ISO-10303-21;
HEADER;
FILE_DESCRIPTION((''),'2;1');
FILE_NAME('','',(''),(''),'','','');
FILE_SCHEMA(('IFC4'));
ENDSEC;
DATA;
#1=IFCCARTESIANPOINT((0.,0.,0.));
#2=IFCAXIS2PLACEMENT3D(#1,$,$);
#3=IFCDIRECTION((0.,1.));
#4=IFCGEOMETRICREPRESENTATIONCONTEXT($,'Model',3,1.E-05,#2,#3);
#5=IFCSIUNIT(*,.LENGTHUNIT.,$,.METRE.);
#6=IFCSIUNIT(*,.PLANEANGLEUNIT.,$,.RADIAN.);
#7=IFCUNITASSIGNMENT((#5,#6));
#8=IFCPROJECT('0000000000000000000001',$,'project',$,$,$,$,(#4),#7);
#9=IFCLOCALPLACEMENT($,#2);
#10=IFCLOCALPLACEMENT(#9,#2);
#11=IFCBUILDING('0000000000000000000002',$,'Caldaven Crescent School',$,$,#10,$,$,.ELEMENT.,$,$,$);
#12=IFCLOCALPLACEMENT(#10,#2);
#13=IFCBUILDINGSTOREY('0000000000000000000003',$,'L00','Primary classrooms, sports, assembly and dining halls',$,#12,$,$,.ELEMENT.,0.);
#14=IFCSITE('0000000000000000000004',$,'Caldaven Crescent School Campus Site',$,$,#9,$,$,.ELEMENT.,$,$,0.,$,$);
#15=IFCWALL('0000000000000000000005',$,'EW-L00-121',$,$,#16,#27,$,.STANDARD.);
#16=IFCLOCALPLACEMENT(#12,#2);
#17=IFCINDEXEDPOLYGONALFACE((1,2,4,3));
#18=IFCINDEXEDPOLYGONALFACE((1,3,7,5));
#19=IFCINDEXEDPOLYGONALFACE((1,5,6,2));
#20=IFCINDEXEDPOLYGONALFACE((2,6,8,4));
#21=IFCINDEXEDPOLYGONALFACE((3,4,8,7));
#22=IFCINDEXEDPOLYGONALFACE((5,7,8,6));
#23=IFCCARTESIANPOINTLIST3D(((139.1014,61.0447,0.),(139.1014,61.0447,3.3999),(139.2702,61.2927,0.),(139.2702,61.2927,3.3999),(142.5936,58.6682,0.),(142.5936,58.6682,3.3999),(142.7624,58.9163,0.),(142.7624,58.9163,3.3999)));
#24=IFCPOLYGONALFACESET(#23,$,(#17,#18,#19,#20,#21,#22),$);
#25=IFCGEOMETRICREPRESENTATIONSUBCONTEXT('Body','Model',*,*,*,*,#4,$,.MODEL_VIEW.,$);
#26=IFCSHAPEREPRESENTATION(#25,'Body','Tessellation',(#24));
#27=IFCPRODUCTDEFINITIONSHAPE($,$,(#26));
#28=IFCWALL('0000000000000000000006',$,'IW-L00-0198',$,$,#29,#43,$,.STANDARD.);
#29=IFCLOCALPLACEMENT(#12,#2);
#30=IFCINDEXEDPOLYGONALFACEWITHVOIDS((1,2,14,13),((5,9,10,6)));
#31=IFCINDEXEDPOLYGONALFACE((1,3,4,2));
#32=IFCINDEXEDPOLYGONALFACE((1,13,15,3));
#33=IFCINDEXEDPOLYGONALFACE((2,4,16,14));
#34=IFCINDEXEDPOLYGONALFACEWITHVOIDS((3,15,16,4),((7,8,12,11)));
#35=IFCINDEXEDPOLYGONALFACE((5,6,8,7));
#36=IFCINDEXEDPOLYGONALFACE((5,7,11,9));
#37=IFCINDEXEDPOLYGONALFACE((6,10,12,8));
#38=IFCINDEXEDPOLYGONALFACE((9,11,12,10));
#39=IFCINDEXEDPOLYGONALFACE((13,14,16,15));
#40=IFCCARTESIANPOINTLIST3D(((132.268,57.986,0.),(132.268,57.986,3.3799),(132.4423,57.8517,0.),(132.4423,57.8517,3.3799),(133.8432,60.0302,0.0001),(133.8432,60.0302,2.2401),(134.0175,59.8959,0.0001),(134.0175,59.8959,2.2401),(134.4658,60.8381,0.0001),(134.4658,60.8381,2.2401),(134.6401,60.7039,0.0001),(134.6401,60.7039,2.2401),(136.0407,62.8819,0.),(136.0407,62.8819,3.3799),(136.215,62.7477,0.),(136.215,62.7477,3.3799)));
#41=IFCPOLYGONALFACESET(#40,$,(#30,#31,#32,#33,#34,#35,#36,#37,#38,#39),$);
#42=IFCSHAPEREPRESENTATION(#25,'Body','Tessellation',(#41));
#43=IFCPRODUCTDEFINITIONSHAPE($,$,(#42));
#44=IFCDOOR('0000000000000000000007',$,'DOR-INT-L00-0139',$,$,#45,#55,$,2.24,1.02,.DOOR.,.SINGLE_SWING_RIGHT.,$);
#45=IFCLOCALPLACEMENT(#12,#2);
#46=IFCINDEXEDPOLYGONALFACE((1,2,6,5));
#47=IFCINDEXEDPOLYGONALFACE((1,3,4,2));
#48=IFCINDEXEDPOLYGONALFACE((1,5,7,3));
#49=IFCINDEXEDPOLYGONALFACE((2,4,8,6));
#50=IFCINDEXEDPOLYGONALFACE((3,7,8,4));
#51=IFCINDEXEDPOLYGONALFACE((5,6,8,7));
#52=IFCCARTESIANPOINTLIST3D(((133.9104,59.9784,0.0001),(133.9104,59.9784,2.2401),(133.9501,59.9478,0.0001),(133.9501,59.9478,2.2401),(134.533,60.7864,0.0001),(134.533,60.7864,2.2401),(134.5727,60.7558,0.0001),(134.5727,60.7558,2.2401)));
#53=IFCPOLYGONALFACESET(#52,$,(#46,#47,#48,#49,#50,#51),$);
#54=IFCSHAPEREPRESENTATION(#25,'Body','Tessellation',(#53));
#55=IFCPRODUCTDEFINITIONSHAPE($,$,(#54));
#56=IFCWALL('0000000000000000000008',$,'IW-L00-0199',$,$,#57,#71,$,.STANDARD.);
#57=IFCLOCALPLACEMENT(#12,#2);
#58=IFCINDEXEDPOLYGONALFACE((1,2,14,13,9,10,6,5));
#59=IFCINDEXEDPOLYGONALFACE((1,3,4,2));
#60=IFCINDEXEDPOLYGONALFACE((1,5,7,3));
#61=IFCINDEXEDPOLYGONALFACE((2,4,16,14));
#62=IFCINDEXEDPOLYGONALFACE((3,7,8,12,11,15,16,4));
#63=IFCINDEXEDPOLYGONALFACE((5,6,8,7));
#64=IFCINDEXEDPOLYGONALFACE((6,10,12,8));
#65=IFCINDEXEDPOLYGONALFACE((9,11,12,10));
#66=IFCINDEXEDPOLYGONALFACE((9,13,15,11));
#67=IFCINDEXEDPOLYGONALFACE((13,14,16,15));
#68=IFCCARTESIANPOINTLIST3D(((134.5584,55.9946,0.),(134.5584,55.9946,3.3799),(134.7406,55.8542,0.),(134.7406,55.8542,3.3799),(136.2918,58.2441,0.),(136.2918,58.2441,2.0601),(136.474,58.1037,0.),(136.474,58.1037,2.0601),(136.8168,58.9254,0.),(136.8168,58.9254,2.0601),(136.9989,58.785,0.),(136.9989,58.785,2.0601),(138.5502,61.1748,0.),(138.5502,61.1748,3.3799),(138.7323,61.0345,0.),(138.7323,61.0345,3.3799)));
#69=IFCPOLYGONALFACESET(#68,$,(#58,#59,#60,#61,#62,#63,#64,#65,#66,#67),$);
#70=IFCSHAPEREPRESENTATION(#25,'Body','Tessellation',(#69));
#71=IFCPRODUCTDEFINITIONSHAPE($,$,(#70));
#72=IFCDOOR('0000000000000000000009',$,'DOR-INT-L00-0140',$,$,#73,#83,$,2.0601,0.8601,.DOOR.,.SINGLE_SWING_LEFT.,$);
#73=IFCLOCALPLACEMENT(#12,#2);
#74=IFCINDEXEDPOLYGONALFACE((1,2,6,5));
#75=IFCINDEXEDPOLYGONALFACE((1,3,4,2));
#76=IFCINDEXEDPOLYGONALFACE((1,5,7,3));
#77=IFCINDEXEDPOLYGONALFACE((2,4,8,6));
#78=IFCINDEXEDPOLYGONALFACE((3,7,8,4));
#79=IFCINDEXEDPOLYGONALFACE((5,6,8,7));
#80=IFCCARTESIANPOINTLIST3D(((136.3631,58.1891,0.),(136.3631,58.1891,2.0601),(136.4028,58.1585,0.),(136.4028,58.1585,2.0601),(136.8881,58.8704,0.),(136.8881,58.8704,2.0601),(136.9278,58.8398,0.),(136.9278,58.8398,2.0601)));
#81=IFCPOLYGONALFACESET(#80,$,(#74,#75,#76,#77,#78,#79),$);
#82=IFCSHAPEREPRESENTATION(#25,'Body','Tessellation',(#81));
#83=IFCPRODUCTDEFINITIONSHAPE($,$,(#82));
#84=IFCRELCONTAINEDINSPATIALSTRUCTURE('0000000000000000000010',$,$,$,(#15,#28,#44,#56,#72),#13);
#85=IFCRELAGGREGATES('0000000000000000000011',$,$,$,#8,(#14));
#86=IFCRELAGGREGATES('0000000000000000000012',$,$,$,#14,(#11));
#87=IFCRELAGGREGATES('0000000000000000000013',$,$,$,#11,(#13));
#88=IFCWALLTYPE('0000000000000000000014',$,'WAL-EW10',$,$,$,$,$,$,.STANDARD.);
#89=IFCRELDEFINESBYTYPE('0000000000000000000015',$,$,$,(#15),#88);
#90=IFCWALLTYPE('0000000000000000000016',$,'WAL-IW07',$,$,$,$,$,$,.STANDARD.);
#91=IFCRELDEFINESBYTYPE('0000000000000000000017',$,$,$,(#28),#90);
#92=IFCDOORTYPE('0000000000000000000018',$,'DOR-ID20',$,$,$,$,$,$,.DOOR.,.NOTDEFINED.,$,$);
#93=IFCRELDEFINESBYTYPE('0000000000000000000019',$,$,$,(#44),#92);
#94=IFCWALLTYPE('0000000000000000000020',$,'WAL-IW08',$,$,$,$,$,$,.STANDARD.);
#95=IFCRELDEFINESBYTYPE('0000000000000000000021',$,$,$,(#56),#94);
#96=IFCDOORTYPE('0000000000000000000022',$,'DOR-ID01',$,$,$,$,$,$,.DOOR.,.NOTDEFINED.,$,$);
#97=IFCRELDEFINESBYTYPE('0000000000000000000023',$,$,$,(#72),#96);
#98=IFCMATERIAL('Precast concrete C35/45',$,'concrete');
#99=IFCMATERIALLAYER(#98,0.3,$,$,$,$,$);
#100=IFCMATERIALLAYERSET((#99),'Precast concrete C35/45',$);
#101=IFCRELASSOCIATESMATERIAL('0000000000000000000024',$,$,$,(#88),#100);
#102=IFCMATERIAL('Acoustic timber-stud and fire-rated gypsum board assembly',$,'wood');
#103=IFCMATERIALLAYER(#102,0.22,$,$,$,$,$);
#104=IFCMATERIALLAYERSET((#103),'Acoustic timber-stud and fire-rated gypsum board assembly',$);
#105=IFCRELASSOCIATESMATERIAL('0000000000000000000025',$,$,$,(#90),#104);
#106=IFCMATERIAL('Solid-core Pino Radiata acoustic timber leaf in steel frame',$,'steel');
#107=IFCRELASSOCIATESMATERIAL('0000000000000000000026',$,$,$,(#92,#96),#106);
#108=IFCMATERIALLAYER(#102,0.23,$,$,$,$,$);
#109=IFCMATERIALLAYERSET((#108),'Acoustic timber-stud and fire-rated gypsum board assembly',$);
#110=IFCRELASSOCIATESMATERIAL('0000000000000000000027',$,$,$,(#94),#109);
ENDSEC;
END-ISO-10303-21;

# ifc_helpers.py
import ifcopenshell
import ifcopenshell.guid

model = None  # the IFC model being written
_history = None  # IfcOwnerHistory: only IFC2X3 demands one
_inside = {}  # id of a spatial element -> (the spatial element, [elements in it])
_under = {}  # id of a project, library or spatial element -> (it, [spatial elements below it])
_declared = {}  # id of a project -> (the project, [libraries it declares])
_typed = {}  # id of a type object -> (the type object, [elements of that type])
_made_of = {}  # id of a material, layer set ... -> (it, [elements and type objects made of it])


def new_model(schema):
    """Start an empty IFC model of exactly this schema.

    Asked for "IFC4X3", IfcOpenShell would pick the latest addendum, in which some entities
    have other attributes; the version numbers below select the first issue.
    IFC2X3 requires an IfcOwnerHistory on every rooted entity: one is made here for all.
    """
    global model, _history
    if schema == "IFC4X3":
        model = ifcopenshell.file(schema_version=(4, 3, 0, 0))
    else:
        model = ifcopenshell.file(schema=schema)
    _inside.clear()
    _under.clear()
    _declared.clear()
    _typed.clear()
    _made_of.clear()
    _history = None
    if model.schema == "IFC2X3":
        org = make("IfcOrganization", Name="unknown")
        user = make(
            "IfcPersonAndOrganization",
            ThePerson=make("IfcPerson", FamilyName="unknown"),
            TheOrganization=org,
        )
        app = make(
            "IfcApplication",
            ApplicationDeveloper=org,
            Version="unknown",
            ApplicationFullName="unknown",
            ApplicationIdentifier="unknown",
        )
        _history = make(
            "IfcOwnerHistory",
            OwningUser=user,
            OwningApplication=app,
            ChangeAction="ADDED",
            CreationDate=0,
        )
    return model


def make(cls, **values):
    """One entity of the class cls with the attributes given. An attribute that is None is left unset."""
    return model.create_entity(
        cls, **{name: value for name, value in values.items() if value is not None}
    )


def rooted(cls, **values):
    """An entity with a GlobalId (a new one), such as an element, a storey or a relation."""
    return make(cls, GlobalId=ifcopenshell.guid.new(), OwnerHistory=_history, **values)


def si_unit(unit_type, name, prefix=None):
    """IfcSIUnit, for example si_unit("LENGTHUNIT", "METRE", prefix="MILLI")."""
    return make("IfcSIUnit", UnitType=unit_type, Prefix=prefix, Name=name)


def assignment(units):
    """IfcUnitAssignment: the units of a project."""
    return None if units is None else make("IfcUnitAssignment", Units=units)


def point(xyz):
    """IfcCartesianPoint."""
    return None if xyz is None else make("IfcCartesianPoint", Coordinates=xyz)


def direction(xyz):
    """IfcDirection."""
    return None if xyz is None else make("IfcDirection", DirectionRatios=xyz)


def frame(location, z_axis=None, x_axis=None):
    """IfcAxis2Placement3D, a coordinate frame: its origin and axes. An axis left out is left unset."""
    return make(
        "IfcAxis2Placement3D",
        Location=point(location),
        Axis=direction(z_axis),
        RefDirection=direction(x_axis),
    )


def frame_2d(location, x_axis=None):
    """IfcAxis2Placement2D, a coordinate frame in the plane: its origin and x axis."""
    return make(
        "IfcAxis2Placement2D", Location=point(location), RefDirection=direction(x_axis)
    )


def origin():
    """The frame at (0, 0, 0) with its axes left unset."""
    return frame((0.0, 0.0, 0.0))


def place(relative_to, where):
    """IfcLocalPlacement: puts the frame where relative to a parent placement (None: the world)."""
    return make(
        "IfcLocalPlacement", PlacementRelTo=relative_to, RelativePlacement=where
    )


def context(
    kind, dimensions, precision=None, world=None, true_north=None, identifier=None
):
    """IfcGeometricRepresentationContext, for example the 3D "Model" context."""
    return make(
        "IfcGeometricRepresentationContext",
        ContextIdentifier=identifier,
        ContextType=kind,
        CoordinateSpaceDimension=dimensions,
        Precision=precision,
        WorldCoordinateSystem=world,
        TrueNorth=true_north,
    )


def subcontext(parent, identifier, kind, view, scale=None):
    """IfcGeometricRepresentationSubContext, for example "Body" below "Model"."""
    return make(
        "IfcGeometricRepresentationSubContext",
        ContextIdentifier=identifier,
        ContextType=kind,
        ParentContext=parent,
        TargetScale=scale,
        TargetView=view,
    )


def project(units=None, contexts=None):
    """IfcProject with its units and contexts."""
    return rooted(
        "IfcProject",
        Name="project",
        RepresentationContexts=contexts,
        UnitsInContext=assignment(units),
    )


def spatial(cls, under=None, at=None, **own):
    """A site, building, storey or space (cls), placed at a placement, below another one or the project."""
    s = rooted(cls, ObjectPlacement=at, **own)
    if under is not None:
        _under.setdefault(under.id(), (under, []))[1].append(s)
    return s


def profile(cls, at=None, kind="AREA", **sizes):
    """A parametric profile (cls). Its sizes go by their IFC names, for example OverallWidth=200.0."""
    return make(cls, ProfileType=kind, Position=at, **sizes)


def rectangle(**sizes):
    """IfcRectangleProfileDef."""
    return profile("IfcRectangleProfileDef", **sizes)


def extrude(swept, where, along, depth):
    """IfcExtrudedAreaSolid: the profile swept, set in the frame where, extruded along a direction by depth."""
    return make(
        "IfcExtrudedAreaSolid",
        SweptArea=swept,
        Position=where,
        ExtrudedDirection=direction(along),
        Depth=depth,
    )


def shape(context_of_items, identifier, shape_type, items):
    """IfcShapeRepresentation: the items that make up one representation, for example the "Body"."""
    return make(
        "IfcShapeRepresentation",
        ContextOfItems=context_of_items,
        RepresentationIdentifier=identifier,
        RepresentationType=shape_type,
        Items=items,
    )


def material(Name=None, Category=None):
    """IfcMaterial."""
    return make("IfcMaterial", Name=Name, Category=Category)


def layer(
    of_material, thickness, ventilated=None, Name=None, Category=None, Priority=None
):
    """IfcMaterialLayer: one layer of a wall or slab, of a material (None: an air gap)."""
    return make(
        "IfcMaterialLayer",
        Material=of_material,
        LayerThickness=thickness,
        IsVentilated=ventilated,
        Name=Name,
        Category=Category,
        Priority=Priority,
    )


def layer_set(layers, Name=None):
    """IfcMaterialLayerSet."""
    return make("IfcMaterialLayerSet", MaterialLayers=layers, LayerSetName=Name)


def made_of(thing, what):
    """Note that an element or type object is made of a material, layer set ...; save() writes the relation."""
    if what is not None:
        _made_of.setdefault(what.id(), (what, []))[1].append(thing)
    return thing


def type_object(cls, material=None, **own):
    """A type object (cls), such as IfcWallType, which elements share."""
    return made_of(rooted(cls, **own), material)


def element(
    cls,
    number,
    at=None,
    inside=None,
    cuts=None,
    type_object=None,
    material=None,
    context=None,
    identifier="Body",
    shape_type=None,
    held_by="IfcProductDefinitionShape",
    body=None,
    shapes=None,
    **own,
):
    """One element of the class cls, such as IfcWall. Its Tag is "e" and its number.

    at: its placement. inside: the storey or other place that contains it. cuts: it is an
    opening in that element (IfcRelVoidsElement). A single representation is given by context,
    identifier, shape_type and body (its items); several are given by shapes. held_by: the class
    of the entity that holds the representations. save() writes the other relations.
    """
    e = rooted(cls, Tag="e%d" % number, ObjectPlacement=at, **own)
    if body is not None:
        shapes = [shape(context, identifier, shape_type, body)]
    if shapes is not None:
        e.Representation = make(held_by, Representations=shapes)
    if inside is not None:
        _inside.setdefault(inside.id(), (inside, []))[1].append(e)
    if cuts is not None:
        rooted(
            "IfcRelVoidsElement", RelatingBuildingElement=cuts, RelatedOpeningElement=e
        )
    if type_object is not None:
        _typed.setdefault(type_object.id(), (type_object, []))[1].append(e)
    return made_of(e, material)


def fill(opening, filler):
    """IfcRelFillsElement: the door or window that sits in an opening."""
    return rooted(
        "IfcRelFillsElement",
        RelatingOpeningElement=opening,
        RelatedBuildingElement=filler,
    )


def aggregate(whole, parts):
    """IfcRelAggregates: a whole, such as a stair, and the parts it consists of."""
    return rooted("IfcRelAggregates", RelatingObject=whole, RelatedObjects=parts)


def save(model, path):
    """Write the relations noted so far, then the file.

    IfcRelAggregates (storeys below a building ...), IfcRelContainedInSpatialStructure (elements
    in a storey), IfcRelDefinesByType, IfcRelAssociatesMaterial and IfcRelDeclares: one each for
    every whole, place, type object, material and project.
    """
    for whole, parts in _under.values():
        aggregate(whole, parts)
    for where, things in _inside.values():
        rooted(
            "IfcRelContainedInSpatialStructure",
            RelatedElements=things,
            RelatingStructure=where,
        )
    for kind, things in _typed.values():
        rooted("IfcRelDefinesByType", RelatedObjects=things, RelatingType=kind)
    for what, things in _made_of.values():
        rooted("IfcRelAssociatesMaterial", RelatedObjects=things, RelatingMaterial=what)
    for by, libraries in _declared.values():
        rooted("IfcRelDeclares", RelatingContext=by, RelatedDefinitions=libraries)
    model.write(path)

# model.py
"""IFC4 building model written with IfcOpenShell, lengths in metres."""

from ifc_helpers import new_model, si_unit, direction, frame, frame_2d, origin, place, context, subcontext, project, spatial, rectangle, extrude, material, layer, layer_set, type_object, element, fill, save


model = new_model("IFC4")

# Units and contexts
model_context = context("Model", 3, precision=1e-05, world=origin(), true_north=direction((0.0, 1.0)))
body_context = subcontext(model_context, "Body", "Model", "MODEL_VIEW")
ifc_project = project(units=[si_unit("LENGTHUNIT", "METRE"), si_unit("PLANEANGLEUNIT", "RADIAN")], contexts=[model_context])

# Site, building, storey
site_placement = place(None, origin())
site = spatial("IfcSite", under=ifc_project, at=site_placement, Name="Caldaven Crescent School Campus Site", CompositionType="ELEMENT", RefElevation=0.0)
building_placement = place(site_placement, origin())
building = spatial("IfcBuilding", under=site, at=building_placement, Name="Caldaven Crescent School", CompositionType="ELEMENT")
storey_placement = place(building_placement, origin())
storey = spatial("IfcBuildingStorey", under=building, at=storey_placement, Name="L00", Description="Primary classrooms, sports, assembly and dining halls", CompositionType="ELEMENT", Elevation=0.0)

# Wall
ifc_material_1 = material(Name="Precast concrete C35/45", Category="concrete")
ifc_layer_1 = layer(ifc_material_1, 0.3)
ifc_layer_set_1 = layer_set([ifc_layer_1], Name="Precast concrete C35/45")
wall_type_1 = type_object("IfcWallType", Name="WAL-EW10", PredefinedType="STANDARD", material=ifc_layer_set_1)
wall_1_placement = place(storey_placement, frame((139.1858, 61.1687, 0.0), z_axis=(0.0, 0.0, 1.0), x_axis=(0.826731, -0.562598, 0.0)))
element("IfcWall", 1, at=wall_1_placement, inside=storey, type_object=wall_type_1, Name="EW-L00-121", PredefinedType="STANDARD", context=body_context, shape_type="SweptSolid", body=[
    extrude(rectangle(XDim=4.2241, YDim=0.3, at=frame_2d((2.1121, 0.0))), origin(), (0.0, 0.0, 1.0), 3.3999),
])

# Walls, openings, doors
ifc_material_2 = material(Name="Acoustic timber-stud and fire-rated gypsum board assembly", Category="wood")
ifc_layer_2 = layer(ifc_material_2, 0.22)
ifc_layer_set_2 = layer_set([ifc_layer_2], Name="Acoustic timber-stud and fire-rated gypsum board assembly")
wall_type_2 = type_object("IfcWallType", Name="WAL-IW07", PredefinedType="STANDARD", material=ifc_layer_set_2)
wall_2_placement = place(storey_placement, frame((132.3552, 57.9189, 0.0), z_axis=(0.0, 0.0, 1.0), x_axis=(0.610377, 0.792111, 0.0)))
wall_2 = element("IfcWall", 2, at=wall_2_placement, inside=storey, type_object=wall_type_2, Name="IW-L00-0198", PredefinedType="STANDARD", context=body_context, shape_type="SweptSolid", body=[
    extrude(rectangle(XDim=6.1809, YDim=0.22, at=frame_2d((3.0903, 0.0))), origin(), (0.0, 0.0, 1.0), 3.3799),
])
opening_1_placement = place(wall_2_placement, frame((2.5806, 0.0, 0.0)))
opening_1 = element("IfcOpeningElement", 3, at=opening_1_placement, cuts=wall_2, PredefinedType="OPENING", context=body_context, shape_type="SweptSolid", body=[
    extrude(rectangle(XDim=1.02, YDim=2.24, at=frame_2d((0.51, 1.1201))), frame((0.0, 0.1199, 0.0), z_axis=(0.0, -1.0, 0.0), x_axis=(1.0, 0.0, 0.0)), (0.0, 0.0, 1.0), 0.24),
])
ifc_material_3 = material(Name="Solid-core Pino Radiata acoustic timber leaf in steel frame", Category="steel")
door_type_1 = type_object("IfcDoorType", Name="DOR-ID20", OperationType="NOTDEFINED", PredefinedType="DOOR", material=ifc_material_3)
door_1_placement = place(opening_1_placement, frame((1.02, 0.0, 0.0), z_axis=(0.0, 0.0, 1.0), x_axis=(-1.0, 0.0, 0.0)))
door_1 = element("IfcDoor", 4, at=door_1_placement, inside=storey, type_object=door_type_1, Name="DOR-INT-L00-0139", OperationType="SINGLE_SWING_RIGHT", OverallHeight=2.24, OverallWidth=1.02, PredefinedType="DOOR", context=body_context, shape_type="SweptSolid", body=[
    extrude(rectangle(XDim=1.02, YDim=2.24, at=frame_2d((0.51, 1.1201))), frame((0.0, 0.0249, 0.0), z_axis=(0.0, -1.0, 0.0), x_axis=(1.0, 0.0, 0.0)), (0.0, 0.0, 1.0), 0.05),
])
fill(opening_1, door_1)
ifc_layer_3 = layer(ifc_material_2, 0.23)
ifc_layer_set_3 = layer_set([ifc_layer_3], Name="Acoustic timber-stud and fire-rated gypsum board assembly")
wall_type_3 = type_object("IfcWallType", Name="WAL-IW08", PredefinedType="STANDARD", material=ifc_layer_set_3)
wall_3_placement = place(storey_placement, frame((134.6494, 55.9243, 0.0), z_axis=(0.0, 0.0, 1.0), x_axis=(0.610378, 0.79211, 0.0)))
wall_3 = element("IfcWall", 5, at=wall_3_placement, inside=storey, type_object=wall_type_3, Name="IW-L00-0199", PredefinedType="STANDARD", context=body_context, shape_type="SweptSolid", body=[
    extrude(rectangle(XDim=6.5398, YDim=0.23, at=frame_2d((3.27, 0.0))), origin(), (0.0, 0.0, 1.0), 3.3799),
])
opening_2_placement = place(wall_3_placement, frame((2.8398, 0.0, 0.0)))
opening_2 = element("IfcOpeningElement", 6, at=opening_2_placement, cuts=wall_3, PredefinedType="OPENING", context=body_context, shape_type="SweptSolid", body=[
    extrude(rectangle(XDim=0.8601, YDim=2.0601, at=frame_2d((0.4302, 1.03))), frame((0.0, 0.125, 0.0), z_axis=(0.0, -1.0, 0.0), x_axis=(1.0, 0.0, 0.0)), (0.0, 0.0, 1.0), 0.25),
])
door_type_2 = type_object("IfcDoorType", Name="DOR-ID01", OperationType="NOTDEFINED", PredefinedType="DOOR", material=ifc_material_3)
door_2_placement = place(opening_2_placement, origin())
door_2 = element("IfcDoor", 7, at=door_2_placement, inside=storey, type_object=door_type_2, Name="DOR-INT-L00-0140", OperationType="SINGLE_SWING_LEFT", OverallHeight=2.0601, OverallWidth=0.8601, PredefinedType="DOOR", context=body_context, shape_type="SweptSolid", body=[
    extrude(rectangle(XDim=0.8601, YDim=2.0601, at=frame_2d((0.4302, 1.03))), frame((0.0, 0.0249, 0.0), z_axis=(0.0, -1.0, 0.0), x_axis=(1.0, 0.0, 0.0)), (0.0, 0.0, 1.0), 0.05),
])
fill(opening_2, door_2)

save(model, "model.ifc")
